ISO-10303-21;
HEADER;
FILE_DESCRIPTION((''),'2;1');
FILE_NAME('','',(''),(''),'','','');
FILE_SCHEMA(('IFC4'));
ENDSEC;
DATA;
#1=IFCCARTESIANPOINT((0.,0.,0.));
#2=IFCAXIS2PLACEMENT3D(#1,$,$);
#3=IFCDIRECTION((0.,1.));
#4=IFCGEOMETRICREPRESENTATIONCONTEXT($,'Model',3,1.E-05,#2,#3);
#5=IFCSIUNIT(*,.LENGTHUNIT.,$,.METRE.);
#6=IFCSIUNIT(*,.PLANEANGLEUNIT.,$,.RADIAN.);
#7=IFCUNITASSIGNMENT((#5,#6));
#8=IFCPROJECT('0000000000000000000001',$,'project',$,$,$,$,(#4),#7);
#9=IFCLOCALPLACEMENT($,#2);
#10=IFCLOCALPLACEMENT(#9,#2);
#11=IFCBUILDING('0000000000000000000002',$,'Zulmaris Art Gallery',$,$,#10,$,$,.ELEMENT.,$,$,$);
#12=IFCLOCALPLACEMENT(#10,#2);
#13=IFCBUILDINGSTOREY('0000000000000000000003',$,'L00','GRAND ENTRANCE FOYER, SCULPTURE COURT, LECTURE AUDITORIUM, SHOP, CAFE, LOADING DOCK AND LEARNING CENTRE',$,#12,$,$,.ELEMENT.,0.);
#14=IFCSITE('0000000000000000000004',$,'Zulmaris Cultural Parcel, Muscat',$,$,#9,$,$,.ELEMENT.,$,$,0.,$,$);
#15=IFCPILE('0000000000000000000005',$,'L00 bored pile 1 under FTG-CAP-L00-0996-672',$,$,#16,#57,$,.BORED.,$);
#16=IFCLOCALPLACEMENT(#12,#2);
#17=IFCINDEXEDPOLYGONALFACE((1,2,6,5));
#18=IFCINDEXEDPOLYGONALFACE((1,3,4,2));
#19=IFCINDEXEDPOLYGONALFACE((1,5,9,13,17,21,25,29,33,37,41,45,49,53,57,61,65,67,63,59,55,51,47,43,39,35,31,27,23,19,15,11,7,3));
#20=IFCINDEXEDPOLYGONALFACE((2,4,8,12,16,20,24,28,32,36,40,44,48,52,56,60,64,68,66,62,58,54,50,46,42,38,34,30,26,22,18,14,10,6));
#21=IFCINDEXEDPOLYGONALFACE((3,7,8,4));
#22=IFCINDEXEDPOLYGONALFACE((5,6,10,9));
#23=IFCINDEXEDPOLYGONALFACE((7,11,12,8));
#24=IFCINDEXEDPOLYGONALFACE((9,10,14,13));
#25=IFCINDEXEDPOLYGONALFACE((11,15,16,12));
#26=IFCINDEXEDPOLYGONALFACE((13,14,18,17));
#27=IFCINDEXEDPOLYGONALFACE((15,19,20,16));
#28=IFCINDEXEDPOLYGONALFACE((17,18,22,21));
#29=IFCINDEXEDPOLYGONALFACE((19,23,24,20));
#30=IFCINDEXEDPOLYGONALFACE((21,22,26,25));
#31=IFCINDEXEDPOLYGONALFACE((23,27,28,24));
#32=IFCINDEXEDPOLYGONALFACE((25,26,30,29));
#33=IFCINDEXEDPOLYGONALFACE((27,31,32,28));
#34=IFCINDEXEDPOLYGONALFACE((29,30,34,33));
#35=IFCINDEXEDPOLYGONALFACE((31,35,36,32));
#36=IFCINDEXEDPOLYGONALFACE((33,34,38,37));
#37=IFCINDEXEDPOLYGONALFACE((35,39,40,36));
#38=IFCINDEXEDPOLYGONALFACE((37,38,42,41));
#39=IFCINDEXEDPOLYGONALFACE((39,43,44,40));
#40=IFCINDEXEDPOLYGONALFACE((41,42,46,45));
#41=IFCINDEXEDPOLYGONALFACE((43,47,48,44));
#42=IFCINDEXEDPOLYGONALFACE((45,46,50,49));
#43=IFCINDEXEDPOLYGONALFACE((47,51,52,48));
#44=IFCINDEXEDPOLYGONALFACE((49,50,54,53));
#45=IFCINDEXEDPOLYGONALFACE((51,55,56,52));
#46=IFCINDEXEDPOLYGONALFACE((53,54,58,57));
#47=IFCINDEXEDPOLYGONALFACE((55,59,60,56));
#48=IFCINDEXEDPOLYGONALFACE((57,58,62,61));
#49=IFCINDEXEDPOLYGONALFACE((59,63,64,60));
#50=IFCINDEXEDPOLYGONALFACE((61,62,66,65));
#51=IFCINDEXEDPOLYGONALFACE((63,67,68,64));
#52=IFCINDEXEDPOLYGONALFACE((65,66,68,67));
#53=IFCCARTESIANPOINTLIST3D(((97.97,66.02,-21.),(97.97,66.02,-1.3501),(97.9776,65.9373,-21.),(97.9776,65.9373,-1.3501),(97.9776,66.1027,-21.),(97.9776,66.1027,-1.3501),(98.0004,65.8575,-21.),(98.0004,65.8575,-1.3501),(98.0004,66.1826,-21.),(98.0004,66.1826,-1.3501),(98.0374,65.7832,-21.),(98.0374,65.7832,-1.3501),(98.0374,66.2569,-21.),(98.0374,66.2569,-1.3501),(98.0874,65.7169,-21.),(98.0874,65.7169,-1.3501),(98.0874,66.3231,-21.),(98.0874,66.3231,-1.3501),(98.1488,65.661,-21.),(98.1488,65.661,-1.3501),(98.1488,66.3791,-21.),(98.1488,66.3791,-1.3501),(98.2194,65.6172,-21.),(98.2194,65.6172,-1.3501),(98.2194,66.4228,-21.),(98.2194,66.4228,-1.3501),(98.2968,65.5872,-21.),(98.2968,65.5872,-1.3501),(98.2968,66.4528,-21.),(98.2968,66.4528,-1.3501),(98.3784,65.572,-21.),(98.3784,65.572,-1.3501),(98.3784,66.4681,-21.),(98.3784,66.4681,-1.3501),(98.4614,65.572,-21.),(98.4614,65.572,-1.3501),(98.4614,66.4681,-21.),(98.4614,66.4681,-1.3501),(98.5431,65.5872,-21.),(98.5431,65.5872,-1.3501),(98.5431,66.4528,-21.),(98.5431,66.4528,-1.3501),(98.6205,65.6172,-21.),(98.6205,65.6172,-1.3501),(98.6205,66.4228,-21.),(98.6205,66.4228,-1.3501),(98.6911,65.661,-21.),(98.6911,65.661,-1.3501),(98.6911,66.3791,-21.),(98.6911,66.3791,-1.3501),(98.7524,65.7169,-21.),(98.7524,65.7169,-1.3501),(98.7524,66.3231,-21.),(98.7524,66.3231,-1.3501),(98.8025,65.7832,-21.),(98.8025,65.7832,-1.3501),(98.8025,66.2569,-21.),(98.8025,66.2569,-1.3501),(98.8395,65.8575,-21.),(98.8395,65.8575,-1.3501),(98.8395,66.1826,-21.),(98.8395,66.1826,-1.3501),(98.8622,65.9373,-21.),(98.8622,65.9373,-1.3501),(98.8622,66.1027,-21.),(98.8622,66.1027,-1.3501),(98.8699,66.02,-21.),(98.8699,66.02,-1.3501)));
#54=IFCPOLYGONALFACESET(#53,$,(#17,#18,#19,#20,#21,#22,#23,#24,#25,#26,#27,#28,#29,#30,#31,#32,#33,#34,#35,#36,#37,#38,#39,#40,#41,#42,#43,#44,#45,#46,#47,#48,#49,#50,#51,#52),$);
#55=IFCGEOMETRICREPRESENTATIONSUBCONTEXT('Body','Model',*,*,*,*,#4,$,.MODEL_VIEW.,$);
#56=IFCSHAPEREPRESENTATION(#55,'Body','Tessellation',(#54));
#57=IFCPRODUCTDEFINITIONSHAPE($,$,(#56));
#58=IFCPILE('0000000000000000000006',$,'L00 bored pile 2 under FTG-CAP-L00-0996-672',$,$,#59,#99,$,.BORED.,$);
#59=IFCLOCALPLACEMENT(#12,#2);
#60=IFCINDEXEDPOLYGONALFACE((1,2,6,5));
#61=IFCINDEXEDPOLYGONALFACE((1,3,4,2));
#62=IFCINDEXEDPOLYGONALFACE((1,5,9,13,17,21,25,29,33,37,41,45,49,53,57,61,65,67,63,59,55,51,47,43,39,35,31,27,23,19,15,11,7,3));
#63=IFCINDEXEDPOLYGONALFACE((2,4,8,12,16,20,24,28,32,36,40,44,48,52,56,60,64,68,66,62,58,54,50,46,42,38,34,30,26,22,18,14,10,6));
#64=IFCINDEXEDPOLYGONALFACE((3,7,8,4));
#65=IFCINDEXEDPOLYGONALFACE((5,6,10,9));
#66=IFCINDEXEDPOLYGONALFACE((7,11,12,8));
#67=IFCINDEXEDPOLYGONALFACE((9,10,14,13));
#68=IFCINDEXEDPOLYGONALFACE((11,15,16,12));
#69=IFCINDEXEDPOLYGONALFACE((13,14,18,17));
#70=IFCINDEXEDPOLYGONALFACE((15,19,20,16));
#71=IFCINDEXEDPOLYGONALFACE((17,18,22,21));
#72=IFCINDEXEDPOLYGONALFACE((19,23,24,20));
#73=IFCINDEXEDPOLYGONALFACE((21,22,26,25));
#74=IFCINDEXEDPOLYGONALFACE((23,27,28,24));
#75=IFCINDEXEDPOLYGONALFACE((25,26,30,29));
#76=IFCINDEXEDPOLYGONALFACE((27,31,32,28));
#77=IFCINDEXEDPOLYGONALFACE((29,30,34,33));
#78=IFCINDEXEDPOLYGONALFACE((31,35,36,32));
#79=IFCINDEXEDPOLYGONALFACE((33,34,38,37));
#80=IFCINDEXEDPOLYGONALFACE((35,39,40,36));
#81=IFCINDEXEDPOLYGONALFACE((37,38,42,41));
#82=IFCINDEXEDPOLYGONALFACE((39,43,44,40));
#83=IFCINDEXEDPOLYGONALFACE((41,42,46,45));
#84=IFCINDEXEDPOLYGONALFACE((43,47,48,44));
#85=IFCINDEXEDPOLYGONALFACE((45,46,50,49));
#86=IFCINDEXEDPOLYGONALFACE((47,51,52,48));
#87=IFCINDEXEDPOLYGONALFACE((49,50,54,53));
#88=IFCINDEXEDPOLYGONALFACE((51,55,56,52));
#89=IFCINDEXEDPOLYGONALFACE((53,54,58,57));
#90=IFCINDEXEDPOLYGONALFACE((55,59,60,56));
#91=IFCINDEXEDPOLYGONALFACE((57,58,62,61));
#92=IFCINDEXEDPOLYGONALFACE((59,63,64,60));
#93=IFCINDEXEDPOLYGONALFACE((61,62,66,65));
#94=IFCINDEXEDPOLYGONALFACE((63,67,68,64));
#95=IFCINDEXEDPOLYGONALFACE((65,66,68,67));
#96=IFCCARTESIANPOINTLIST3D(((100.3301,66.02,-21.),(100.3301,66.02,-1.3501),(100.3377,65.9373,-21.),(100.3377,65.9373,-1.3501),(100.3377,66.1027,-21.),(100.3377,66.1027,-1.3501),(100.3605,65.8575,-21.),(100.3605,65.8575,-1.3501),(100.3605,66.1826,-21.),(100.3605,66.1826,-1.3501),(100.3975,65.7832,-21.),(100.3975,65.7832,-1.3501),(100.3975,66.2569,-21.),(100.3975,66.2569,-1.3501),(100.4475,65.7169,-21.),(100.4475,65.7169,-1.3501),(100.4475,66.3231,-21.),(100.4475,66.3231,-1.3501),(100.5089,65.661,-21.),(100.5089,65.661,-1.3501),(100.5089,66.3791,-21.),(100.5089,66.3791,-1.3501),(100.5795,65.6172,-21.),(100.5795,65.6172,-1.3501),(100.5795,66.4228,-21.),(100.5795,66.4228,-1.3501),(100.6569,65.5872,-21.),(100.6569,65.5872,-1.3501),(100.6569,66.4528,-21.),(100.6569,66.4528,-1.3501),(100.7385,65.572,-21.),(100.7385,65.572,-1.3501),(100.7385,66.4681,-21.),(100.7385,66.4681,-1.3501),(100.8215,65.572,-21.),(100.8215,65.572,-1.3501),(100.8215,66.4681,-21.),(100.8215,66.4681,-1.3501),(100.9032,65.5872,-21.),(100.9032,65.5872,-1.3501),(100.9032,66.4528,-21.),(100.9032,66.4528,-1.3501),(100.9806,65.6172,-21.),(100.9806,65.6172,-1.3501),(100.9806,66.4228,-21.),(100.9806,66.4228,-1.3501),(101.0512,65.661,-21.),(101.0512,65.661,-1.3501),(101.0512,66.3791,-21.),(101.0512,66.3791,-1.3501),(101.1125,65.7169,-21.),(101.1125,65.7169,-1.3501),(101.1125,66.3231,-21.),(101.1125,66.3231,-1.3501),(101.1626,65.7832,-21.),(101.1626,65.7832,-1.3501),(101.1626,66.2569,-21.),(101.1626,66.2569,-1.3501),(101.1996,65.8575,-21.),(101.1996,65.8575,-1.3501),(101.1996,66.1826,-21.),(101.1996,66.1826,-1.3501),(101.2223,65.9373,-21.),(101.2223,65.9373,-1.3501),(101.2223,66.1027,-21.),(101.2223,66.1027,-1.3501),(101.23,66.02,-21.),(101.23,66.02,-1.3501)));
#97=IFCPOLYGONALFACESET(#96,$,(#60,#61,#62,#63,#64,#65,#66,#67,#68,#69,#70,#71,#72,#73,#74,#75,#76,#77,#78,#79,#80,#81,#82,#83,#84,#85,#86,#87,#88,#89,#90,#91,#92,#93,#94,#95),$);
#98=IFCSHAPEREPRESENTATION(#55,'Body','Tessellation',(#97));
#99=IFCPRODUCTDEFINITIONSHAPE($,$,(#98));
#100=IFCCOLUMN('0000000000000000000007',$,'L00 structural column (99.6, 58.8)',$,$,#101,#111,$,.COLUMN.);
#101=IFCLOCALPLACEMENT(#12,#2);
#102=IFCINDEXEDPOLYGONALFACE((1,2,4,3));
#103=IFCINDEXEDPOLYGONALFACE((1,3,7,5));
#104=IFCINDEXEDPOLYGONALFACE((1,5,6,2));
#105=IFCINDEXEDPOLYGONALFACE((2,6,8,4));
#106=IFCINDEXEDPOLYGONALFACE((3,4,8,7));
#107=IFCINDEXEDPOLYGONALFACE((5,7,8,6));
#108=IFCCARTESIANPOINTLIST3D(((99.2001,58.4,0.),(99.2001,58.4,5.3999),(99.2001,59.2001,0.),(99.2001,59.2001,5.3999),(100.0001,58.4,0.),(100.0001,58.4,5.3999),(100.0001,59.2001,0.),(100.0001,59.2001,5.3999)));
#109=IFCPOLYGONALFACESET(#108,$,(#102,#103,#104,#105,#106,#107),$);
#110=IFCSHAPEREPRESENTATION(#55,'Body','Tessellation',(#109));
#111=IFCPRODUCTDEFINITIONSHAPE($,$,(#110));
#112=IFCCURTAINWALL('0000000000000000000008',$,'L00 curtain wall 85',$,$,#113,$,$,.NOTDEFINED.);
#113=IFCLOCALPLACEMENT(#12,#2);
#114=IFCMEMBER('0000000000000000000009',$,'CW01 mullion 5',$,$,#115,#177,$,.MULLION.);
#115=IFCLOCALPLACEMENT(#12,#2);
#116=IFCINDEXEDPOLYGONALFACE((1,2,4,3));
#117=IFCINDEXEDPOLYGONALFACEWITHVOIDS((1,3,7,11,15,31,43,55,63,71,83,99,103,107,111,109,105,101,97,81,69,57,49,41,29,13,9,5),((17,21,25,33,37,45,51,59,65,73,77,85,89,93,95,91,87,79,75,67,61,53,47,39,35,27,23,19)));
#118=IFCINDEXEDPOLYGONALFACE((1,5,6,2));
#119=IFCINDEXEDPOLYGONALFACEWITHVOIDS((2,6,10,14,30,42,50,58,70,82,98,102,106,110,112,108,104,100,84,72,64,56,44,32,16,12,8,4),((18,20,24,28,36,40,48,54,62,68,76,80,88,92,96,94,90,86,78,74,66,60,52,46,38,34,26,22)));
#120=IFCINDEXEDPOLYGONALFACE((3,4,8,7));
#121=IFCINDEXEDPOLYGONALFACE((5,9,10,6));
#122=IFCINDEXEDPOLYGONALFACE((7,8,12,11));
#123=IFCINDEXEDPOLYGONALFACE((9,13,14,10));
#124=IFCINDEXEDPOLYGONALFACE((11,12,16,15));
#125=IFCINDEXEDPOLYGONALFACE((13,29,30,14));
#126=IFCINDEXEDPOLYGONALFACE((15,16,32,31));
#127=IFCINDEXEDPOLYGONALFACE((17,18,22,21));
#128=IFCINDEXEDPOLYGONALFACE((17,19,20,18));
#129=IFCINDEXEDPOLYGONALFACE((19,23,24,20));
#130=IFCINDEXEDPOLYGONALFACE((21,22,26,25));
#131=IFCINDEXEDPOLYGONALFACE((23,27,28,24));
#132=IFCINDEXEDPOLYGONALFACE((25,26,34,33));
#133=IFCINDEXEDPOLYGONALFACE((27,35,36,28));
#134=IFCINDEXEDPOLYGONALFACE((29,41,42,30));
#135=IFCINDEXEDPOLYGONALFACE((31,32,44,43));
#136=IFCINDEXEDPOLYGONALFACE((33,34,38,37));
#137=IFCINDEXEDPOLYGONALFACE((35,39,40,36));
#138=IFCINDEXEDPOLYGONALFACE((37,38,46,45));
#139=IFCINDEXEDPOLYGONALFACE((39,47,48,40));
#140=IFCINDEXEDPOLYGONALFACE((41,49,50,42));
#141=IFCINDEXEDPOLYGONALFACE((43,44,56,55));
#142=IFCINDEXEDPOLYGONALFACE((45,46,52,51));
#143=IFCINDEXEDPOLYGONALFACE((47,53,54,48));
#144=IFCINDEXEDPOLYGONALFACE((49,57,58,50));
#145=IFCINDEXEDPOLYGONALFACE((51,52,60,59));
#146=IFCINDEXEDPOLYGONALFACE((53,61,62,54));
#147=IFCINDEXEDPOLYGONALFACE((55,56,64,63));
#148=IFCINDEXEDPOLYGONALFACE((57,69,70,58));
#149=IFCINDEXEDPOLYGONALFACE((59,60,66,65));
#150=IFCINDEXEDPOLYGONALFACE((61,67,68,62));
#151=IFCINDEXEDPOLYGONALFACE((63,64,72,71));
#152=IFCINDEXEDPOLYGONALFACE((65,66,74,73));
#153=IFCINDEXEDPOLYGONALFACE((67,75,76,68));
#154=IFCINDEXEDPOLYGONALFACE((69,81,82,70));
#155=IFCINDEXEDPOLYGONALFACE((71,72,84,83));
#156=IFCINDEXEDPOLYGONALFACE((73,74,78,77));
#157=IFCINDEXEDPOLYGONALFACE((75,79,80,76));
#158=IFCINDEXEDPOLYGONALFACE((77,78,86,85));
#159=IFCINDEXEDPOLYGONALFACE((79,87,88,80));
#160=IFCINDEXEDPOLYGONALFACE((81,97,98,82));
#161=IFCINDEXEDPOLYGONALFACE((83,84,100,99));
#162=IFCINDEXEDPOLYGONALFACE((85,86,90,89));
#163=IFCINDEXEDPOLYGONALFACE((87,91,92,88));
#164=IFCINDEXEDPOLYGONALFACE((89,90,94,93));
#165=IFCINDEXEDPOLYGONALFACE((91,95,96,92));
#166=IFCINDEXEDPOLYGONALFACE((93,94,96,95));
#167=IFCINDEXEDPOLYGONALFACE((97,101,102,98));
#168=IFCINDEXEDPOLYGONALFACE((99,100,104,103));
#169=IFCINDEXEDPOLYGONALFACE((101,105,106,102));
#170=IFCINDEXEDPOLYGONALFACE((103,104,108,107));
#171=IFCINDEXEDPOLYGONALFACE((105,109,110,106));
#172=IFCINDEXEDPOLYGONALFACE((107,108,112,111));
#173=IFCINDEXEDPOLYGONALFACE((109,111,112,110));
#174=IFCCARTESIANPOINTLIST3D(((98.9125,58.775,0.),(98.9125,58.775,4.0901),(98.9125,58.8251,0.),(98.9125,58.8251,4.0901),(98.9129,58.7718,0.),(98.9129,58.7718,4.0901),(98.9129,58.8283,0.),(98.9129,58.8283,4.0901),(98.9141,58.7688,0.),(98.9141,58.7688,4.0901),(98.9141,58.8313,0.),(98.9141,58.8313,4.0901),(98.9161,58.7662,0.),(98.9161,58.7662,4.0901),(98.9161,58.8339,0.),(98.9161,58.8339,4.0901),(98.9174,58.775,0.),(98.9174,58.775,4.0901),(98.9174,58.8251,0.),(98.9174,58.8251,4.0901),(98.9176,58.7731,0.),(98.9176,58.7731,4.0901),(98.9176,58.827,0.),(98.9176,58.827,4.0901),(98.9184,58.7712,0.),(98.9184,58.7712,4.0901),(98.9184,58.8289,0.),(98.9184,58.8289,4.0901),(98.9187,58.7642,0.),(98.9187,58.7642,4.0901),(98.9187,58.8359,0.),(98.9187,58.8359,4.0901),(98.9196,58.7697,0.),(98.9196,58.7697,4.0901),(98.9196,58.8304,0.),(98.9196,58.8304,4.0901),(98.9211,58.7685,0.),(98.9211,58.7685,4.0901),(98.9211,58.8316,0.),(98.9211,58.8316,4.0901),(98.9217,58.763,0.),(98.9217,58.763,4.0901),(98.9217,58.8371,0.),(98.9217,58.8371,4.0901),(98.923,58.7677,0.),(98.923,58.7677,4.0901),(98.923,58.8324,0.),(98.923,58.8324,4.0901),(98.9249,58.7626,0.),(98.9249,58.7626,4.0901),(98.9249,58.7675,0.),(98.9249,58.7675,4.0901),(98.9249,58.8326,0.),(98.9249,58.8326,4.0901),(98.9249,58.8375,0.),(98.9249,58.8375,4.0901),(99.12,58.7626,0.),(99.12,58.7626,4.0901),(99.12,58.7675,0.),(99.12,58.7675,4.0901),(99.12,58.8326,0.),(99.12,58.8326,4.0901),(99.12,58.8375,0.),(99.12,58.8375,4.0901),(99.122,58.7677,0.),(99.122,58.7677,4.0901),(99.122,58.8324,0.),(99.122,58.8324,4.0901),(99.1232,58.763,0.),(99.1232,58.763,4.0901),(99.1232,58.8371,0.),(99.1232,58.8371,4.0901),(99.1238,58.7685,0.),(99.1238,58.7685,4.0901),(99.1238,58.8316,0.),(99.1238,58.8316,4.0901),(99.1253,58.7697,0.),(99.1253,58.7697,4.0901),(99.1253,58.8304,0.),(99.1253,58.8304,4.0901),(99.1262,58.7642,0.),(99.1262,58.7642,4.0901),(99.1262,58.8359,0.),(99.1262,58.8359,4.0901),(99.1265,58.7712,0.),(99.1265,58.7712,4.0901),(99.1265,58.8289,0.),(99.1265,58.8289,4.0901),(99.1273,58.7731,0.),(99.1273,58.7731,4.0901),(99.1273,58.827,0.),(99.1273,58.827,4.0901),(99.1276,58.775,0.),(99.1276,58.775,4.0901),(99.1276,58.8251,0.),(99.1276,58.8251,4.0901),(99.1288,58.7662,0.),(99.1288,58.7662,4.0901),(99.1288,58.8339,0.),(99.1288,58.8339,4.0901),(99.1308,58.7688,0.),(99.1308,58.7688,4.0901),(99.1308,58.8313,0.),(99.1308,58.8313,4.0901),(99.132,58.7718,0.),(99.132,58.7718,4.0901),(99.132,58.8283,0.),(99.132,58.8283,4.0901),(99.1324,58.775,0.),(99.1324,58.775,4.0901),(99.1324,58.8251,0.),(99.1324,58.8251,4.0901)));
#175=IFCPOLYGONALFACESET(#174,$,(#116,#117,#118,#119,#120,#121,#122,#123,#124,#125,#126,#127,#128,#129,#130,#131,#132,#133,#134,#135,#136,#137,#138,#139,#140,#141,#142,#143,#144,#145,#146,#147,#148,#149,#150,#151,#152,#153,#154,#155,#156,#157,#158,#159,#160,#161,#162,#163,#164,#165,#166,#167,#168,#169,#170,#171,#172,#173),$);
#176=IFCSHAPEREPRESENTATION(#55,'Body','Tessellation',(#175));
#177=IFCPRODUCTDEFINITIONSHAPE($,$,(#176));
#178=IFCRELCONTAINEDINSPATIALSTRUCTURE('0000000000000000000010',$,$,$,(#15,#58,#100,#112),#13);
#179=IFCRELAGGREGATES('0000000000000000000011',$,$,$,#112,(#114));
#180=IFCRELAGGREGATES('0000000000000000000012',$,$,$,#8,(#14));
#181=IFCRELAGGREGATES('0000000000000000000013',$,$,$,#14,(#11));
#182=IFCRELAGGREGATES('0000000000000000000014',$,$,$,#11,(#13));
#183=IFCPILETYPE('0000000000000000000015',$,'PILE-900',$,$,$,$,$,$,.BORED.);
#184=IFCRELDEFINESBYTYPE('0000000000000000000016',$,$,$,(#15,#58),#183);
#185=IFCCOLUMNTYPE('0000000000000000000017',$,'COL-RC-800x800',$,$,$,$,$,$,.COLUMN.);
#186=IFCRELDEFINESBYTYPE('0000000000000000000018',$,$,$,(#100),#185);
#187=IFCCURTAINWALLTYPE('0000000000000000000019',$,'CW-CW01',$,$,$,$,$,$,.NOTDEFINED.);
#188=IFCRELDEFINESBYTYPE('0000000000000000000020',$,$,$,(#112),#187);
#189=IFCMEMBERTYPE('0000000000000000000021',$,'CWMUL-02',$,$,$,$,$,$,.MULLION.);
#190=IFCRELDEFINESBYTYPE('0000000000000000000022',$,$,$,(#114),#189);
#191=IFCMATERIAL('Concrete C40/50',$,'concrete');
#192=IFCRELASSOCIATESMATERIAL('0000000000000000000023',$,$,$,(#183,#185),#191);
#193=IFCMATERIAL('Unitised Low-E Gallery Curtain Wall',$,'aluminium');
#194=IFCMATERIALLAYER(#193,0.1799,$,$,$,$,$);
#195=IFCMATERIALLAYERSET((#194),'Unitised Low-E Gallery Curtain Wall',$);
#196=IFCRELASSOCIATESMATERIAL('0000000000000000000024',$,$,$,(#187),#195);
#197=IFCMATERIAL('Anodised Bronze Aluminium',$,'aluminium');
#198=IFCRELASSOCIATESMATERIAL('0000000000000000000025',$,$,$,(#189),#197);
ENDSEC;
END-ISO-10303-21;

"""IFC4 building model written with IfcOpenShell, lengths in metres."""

from ifc_helpers import new_model, si_unit, direction, frame, origin, origin_2d, place, context, subcontext, project, spatial, rectangle, hollow_rectangle, circle, extrude, material, layer, layer_set, material_profile, profile_set, type_object, element, aggregate, save


model = new_model("IFC4")

# Units and contexts
model_context = context("Model", 3, precision=1e-05, world=origin(), true_north=direction((0.0, 1.0)))
body_context = subcontext(model_context, "Body", "Model", "MODEL_VIEW")
ifc_project = project(units=[si_unit("LENGTHUNIT", "METRE"), si_unit("PLANEANGLEUNIT", "RADIAN")], contexts=[model_context])

# Site, building, storey
site_placement = place(None, origin())
site = spatial("IfcSite", under=ifc_project, at=site_placement, Name="Zulmaris Cultural Parcel, Muscat", CompositionType="ELEMENT", RefElevation=0.0)
building_placement = place(site_placement, origin())
building = spatial("IfcBuilding", under=site, at=building_placement, Name="Zulmaris Art Gallery", CompositionType="ELEMENT")
storey_placement = place(building_placement, origin())
storey = spatial("IfcBuildingStorey", under=building, at=storey_placement, Name="L00", Description="GRAND ENTRANCE FOYER, SCULPTURE COURT, LECTURE AUDITORIUM, SHOP, CAFE, LOADING DOCK AND LEARNING CENTRE", CompositionType="ELEMENT", Elevation=0.0)

# Piles
ifc_material_1 = material(Name="Concrete C40/50", Category="concrete")
ifc_material_profile_1 = material_profile(ifc_material_1, circle(Radius=0.45, at=origin_2d()), Name="PILE DIA 900")
ifc_profile_set_1 = profile_set([ifc_material_profile_1], Name="Concrete C40/50")
pile_type_1 = type_object("IfcPileType", Name="PILE-900", PredefinedType="BORED", material=ifc_profile_set_1)
for number, where, z_axis, x_axis, name in (
    (1, (98.4199, 66.02, -1.3501), (0.0, 0.0, -1.0), (1.0, 0.0, 0.0), "L00 bored pile 1 under FTG-CAP-L00-0996-672"),
    (2, (100.78, 66.02, -1.3501), (0.0, 0.0, -1.0), (1.0, 0.0, 0.0), "L00 bored pile 2 under FTG-CAP-L00-0996-672"),
):
    element("IfcPile", number, at=place(storey_placement, frame(where, z_axis=z_axis, x_axis=x_axis)), inside=storey, type_object=pile_type_1, Name=name, PredefinedType="BORED", context=body_context, shape_type="SweptSolid", body=[
        extrude(circle(Radius=0.45, at=origin_2d()), origin(), (0.0, 0.0, 1.0), 19.6499),
    ])

# Column
ifc_material_profile_2 = material_profile(ifc_material_1, rectangle(XDim=0.8, YDim=0.8, at=origin_2d()), Name="RC 800x800")
ifc_profile_set_2 = profile_set([ifc_material_profile_2], Name="Concrete C40/50")
column_type = type_object("IfcColumnType", Name="COL-RC-800x800", PredefinedType="COLUMN", material=ifc_profile_set_2)
column_placement = place(storey_placement, frame((99.6001, 58.8, 0.0), z_axis=(0.0, 0.0, 1.0), x_axis=(1.0, 0.0, 0.0)))
element("IfcColumn", 3, at=column_placement, inside=storey, type_object=column_type, Name="L00 structural column (99.6, 58.8)", PredefinedType="COLUMN", context=body_context, shape_type="SweptSolid", body=[
    extrude(rectangle(XDim=0.8, YDim=0.8, at=origin_2d()), origin(), (0.0, 0.0, 1.0), 5.3999),
])

# Curtain wall, member
ifc_material_2 = material(Name="Unitised Low-E Gallery Curtain Wall", Category="aluminium")
ifc_layer_1 = layer(ifc_material_2, 0.1799)
ifc_layer_set_1 = layer_set([ifc_layer_1], Name="Unitised Low-E Gallery Curtain Wall")
curtain_wall_type = type_object("IfcCurtainWallType", Name="CW-CW01", PredefinedType="NOTDEFINED", material=ifc_layer_set_1)
curtain_wall_placement = place(storey_placement, origin())
curtain_wall = element("IfcCurtainWall", 4, at=curtain_wall_placement, inside=storey, type_object=curtain_wall_type, Name="L00 curtain wall 85", PredefinedType="NOTDEFINED")
ifc_material_3 = material(Name="Anodised Bronze Aluminium", Category="aluminium")
ifc_material_profile_3 = material_profile(ifc_material_3, hollow_rectangle(XDim=0.075, YDim=0.22, WallThickness=0.0049, InnerFilletRadius=0.0076, OuterFilletRadius=0.0125, at=origin_2d()), Name="ALU 75x220x5")
ifc_profile_set_3 = profile_set([ifc_material_profile_3], Name="Anodised Bronze Aluminium")
member_type_1 = type_object("IfcMemberType", Name="CWMUL-02", PredefinedType="MULLION", material=ifc_profile_set_3)
member_1_placement = place(storey_placement, frame((99.0225, 58.8, 0.0), z_axis=(0.0, 0.0, 1.0), x_axis=(0.0, 1.0, 0.0)))
member_1 = element("IfcMember", 5, at=member_1_placement, type_object=member_type_1, Name="CW01 mullion 5", PredefinedType="MULLION", context=body_context, shape_type="SweptSolid", body=[
    extrude(hollow_rectangle(XDim=0.075, YDim=0.22, WallThickness=0.0049, InnerFilletRadius=0.0076, OuterFilletRadius=0.0125, at=origin_2d()), origin(), (0.0, 0.0, 1.0), 4.0901),
])
aggregate(curtain_wall, [member_1])

save(model, "model.ifc")
